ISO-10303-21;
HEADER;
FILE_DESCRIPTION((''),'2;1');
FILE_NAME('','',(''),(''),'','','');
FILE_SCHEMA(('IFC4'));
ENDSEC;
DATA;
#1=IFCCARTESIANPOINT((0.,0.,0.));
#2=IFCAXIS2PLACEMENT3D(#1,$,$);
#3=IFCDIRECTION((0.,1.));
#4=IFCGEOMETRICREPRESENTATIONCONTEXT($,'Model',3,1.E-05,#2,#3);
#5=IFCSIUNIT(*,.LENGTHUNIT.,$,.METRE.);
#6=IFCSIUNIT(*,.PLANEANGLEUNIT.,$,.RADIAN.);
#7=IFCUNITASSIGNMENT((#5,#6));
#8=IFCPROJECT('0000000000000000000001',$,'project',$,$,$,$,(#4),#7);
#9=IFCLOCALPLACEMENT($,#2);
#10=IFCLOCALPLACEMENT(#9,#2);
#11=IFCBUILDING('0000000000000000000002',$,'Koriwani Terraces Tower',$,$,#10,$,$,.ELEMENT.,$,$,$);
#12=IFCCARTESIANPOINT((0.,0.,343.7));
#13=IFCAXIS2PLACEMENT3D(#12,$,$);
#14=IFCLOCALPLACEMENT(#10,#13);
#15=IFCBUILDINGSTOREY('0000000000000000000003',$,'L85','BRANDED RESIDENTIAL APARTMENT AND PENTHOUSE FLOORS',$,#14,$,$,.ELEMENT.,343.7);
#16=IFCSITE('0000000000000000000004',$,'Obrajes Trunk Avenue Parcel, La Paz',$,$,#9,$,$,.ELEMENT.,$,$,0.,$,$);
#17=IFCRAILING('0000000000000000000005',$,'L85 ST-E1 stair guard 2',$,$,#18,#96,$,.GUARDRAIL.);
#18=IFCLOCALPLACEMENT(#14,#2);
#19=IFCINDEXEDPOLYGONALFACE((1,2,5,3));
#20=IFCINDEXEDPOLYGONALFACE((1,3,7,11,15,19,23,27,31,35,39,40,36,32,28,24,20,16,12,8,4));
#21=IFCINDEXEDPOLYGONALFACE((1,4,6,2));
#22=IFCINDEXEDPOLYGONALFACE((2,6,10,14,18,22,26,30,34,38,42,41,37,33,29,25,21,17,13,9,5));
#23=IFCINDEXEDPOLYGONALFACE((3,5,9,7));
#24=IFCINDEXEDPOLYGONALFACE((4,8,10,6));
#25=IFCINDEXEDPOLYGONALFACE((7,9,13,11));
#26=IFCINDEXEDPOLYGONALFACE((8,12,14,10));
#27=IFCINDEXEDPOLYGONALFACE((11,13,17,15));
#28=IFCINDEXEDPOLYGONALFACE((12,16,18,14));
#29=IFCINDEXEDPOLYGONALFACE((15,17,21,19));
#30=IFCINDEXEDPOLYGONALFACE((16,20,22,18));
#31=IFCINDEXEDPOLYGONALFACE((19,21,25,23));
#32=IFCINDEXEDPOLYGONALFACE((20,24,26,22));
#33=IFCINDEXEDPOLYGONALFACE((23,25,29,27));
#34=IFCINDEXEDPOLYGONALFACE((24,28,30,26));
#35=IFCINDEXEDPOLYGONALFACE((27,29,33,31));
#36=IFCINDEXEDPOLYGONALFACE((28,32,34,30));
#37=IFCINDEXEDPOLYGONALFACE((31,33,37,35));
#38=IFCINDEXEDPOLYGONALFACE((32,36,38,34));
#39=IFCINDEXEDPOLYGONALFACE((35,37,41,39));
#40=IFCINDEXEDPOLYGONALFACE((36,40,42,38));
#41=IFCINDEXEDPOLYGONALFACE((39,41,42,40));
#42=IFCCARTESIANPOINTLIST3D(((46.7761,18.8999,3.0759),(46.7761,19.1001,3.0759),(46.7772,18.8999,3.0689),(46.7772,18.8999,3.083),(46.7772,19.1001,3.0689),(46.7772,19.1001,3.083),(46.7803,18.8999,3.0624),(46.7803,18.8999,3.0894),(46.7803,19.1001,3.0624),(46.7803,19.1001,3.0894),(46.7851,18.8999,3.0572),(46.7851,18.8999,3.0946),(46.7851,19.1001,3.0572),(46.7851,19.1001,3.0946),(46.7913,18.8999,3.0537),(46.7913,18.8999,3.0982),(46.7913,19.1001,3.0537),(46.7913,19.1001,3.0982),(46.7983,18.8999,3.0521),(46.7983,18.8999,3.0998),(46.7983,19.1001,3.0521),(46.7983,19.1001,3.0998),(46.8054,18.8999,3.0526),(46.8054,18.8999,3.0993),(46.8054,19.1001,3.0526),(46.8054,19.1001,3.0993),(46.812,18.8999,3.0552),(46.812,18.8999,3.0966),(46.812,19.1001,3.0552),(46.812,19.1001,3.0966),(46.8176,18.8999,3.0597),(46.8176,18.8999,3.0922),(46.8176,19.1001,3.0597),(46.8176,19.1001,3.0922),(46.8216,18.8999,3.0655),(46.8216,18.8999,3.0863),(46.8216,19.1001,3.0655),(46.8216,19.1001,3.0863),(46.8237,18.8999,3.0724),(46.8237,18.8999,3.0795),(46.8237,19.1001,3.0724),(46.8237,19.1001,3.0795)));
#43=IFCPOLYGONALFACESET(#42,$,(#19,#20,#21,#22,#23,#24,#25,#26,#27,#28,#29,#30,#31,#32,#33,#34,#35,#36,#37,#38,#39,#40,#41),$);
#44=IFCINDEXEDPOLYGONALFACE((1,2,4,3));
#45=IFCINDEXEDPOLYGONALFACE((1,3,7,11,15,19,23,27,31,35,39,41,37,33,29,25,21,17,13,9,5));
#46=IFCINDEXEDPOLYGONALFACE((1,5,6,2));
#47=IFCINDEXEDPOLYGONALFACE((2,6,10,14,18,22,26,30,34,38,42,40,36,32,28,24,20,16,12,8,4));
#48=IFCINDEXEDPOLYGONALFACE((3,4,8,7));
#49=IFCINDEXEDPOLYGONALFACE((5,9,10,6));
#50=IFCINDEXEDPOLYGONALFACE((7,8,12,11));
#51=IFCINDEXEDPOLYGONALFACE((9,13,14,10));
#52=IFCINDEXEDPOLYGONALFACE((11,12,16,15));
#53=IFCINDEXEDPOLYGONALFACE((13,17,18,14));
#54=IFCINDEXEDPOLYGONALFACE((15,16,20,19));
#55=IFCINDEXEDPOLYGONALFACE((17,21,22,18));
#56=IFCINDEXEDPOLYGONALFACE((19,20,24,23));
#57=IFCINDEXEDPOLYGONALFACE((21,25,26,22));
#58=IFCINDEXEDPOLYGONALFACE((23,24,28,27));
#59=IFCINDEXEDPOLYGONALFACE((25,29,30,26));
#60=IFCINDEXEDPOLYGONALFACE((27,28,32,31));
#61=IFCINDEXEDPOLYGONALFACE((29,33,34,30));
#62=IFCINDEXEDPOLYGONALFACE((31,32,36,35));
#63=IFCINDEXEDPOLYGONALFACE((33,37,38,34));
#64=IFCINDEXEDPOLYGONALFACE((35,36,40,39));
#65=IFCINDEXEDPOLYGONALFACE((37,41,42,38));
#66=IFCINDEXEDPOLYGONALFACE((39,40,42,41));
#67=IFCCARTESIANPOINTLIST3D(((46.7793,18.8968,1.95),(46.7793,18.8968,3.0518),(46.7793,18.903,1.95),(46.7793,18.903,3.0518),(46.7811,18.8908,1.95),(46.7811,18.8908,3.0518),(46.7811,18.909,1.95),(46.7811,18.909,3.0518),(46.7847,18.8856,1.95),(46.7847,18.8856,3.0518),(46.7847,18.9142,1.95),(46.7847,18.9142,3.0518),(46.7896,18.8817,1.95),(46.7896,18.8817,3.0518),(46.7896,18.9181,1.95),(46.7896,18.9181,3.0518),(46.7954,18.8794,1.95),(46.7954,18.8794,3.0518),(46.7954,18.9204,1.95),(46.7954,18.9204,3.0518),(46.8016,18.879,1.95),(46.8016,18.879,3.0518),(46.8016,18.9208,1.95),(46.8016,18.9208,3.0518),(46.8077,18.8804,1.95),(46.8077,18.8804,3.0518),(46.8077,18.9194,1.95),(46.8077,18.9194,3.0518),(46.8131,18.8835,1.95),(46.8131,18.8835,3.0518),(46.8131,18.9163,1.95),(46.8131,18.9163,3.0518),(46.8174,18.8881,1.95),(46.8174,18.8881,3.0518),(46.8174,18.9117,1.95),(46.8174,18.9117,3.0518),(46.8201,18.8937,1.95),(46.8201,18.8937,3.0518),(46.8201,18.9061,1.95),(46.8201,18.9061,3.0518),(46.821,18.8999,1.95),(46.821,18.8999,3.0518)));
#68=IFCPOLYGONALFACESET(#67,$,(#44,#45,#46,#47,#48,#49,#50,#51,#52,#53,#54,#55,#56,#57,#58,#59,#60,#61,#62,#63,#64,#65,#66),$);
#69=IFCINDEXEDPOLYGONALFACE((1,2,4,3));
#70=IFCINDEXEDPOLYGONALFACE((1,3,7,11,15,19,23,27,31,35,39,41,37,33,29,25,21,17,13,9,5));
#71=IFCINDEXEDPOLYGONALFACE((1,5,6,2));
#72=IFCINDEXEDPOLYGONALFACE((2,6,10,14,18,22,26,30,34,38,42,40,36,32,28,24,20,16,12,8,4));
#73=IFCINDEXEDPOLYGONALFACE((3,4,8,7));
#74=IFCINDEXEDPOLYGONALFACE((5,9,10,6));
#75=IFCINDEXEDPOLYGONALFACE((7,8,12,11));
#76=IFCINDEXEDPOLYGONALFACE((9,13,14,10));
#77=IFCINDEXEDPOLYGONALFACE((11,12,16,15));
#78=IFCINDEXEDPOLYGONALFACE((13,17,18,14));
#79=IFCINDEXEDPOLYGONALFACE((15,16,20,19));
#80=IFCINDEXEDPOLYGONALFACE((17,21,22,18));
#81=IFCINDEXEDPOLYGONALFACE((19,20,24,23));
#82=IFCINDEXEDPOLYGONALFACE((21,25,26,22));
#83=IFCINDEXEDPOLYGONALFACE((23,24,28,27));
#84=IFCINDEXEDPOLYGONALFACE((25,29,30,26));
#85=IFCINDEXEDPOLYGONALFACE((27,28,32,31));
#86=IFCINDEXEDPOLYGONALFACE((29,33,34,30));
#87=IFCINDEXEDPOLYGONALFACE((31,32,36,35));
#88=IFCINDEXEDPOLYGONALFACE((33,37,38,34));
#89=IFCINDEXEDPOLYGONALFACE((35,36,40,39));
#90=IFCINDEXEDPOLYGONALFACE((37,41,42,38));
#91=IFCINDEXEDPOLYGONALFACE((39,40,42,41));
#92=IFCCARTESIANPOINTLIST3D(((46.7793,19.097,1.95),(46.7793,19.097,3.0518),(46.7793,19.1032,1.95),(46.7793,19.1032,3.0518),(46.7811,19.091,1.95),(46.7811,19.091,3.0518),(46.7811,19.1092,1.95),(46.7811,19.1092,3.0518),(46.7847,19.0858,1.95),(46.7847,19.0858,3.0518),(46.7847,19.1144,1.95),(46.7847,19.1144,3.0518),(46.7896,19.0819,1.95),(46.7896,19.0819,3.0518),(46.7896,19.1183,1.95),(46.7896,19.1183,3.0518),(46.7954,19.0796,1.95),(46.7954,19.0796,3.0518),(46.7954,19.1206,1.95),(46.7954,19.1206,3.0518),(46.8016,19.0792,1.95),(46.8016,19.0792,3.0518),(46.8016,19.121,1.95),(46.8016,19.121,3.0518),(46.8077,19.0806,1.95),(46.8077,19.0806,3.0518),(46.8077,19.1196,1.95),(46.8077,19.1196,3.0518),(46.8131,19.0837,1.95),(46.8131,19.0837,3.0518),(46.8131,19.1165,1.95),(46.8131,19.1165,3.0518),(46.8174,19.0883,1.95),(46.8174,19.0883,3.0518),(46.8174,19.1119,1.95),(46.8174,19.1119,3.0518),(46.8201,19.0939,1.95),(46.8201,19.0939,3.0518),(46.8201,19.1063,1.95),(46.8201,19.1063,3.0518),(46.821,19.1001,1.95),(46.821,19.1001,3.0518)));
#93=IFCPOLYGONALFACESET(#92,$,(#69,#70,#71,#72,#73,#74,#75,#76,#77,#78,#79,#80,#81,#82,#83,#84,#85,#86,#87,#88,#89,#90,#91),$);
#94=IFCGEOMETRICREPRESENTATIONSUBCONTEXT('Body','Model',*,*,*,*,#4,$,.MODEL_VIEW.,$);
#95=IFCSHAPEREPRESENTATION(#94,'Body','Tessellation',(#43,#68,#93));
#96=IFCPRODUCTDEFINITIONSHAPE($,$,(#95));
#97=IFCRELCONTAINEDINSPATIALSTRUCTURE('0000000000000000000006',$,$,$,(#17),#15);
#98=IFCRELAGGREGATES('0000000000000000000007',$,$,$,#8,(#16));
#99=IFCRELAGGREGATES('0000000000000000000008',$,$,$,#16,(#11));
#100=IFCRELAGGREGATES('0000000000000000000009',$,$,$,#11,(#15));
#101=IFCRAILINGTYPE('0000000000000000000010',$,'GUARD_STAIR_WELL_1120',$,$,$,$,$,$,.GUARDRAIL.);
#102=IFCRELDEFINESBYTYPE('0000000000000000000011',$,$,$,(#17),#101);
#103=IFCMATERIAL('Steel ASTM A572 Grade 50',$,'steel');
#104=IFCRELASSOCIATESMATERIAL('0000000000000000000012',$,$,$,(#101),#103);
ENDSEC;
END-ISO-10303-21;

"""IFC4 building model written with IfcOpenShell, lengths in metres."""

from ifc_helpers import new_model, si_unit, direction, frame, origin, origin_2d, place, context, subcontext, project, spatial, circle, extrude, material, type_object, element, save


model = new_model("IFC4")

# Units and contexts
model_context = context("Model", 3, precision=1e-05, world=origin(), true_north=direction((0.0, 1.0)))
body_context = subcontext(model_context, "Body", "Model", "MODEL_VIEW")
ifc_project = project(units=[si_unit("LENGTHUNIT", "METRE"), si_unit("PLANEANGLEUNIT", "RADIAN")], contexts=[model_context])

# Site, building, storey
site_placement = place(None, origin())
site = spatial("IfcSite", under=ifc_project, at=site_placement, Name="Obrajes Trunk Avenue Parcel, La Paz", CompositionType="ELEMENT", RefElevation=0.0)
building_placement = place(site_placement, origin())
building = spatial("IfcBuilding", under=site, at=building_placement, Name="Koriwani Terraces Tower", CompositionType="ELEMENT")
storey_placement = place(building_placement, frame((0.0, 0.0, 343.7)))
storey = spatial("IfcBuildingStorey", under=building, at=storey_placement, Name="L85", Description="BRANDED RESIDENTIAL APARTMENT AND PENTHOUSE FLOORS", CompositionType="ELEMENT", Elevation=343.7)

# Railing
ifc_material_1 = material(Name="Steel ASTM A572 Grade 50", Category="steel")
railing_type_1 = type_object("IfcRailingType", Name="GUARD_STAIR_WELL_1120", PredefinedType="GUARDRAIL", material=ifc_material_1)
railing_1_placement = place(storey_placement, frame((46.8, 18.8999, 1.95)))
element("IfcRailing", 1, at=railing_1_placement, inside=storey, type_object=railing_type_1, Name="L85 ST-E1 stair guard 2", PredefinedType="GUARDRAIL", context=body_context, shape_type="SweptSolid", body=[
    extrude(circle(Radius=0.0239, at=origin_2d()), frame((0.0, 0.0, 1.126), z_axis=(0.0, 1.0, 0.0), x_axis=(-1.0, 0.0, 0.0)), (0.0, 0.0, 1.0), 0.2002),
    extrude(circle(Radius=0.021, at=origin_2d()), origin(), (0.0, 0.0, 1.0), 1.1018),
    extrude(circle(Radius=0.021, at=origin_2d()), frame((0.0, 0.2002, 0.0)), (0.0, 0.0, 1.0), 1.1018),
])

save(model, "model.ifc")
